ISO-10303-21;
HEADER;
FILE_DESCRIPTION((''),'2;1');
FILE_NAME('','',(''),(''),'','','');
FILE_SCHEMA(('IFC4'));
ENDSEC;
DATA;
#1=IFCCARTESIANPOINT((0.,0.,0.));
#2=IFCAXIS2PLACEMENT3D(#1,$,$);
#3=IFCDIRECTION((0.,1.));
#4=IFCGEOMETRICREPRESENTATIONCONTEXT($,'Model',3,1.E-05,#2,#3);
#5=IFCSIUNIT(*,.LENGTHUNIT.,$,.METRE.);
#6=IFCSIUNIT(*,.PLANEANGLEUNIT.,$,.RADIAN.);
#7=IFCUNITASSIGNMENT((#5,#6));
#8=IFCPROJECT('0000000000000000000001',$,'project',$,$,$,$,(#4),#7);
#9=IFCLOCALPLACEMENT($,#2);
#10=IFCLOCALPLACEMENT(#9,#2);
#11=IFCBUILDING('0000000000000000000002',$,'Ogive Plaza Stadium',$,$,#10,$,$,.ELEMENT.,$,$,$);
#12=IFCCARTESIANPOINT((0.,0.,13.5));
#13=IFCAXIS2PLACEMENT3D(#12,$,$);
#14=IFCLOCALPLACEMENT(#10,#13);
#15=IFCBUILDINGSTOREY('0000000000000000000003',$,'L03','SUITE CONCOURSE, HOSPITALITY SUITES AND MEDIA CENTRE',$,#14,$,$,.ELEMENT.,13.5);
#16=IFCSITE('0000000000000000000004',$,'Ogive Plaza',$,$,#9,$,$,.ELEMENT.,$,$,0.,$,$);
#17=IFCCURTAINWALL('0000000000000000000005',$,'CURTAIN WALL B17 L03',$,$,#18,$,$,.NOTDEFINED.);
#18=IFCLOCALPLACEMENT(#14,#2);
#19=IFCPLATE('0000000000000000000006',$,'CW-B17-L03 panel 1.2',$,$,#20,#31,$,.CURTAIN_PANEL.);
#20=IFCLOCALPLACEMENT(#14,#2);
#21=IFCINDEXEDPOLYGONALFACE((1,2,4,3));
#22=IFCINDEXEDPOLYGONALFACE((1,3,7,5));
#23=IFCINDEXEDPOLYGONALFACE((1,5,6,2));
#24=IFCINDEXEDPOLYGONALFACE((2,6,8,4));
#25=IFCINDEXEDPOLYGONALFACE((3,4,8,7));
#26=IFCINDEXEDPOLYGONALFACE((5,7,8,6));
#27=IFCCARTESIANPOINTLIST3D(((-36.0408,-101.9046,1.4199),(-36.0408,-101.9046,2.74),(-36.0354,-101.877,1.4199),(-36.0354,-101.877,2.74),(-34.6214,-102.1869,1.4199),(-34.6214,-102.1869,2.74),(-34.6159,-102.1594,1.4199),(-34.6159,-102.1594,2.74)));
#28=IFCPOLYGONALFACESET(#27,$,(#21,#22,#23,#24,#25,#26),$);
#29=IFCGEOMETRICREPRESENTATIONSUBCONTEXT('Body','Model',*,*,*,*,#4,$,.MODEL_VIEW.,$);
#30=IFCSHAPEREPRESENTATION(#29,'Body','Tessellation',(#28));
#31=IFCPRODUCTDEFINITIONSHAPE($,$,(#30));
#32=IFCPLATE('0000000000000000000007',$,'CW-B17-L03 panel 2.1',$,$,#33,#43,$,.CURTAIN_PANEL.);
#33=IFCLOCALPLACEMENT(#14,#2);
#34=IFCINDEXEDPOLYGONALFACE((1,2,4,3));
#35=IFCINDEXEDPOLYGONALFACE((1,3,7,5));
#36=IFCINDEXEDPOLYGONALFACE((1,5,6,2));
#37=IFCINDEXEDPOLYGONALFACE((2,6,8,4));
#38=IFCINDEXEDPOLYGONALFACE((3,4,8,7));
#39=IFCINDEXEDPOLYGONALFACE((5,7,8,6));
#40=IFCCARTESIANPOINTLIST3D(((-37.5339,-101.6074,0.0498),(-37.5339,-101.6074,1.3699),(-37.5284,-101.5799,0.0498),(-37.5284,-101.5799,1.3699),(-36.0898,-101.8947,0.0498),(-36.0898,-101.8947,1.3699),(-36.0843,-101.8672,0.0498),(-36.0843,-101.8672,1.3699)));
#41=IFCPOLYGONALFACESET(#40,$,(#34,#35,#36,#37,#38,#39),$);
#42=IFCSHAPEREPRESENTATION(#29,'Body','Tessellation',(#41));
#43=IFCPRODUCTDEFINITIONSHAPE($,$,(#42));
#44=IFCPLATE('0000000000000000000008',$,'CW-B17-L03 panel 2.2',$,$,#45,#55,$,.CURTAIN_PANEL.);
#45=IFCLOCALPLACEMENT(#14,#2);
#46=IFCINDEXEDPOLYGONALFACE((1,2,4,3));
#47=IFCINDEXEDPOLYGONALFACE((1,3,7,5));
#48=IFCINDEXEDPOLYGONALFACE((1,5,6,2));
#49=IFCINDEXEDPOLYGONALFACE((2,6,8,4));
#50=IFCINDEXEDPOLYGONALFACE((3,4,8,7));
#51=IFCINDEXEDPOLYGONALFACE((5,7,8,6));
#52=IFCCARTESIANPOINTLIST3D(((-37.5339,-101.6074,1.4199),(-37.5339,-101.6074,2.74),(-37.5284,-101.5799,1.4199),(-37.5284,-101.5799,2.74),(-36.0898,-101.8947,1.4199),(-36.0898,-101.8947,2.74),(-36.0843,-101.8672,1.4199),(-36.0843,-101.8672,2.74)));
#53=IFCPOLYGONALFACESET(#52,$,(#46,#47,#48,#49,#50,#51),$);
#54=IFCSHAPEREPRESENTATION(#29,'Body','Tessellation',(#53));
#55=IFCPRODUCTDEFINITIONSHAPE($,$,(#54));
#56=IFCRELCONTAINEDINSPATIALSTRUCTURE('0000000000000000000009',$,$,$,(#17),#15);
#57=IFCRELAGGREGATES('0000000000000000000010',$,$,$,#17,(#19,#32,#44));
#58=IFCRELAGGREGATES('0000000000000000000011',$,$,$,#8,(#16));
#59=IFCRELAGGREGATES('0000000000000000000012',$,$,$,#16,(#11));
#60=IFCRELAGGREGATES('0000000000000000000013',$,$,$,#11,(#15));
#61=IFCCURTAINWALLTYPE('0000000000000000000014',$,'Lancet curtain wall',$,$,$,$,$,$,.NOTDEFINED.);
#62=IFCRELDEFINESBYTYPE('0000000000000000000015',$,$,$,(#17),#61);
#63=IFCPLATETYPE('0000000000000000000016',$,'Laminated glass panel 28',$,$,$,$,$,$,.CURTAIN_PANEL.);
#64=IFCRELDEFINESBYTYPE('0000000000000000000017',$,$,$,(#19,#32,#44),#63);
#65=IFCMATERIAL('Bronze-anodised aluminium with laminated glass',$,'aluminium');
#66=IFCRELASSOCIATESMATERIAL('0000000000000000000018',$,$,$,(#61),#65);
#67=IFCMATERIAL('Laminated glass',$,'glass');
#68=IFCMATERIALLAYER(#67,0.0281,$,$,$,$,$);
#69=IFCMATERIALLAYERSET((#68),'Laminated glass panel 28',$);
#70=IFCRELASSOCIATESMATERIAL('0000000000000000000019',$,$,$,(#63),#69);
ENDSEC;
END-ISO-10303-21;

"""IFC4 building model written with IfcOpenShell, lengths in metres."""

from ifc_helpers import new_model, si_unit, direction, frame, origin, origin_2d, place, context, subcontext, project, spatial, rectangle, extrude, material, layer, layer_set, type_object, element, aggregate, save


model = new_model("IFC4")

# Units and contexts
model_context = context("Model", 3, precision=1e-05, world=origin(), true_north=direction((0.0, 1.0)))
body_context = subcontext(model_context, "Body", "Model", "MODEL_VIEW")
ifc_project = project(units=[si_unit("LENGTHUNIT", "METRE"), si_unit("PLANEANGLEUNIT", "RADIAN")], contexts=[model_context])

# Site, building, storey
site_placement = place(None, origin())
site = spatial("IfcSite", under=ifc_project, at=site_placement, Name="Ogive Plaza", CompositionType="ELEMENT", RefElevation=0.0)
building_placement = place(site_placement, origin())
building = spatial("IfcBuilding", under=site, at=building_placement, Name="Ogive Plaza Stadium", CompositionType="ELEMENT")
storey_placement = place(building_placement, frame((0.0, 0.0, 13.5)))
storey = spatial("IfcBuildingStorey", under=building, at=storey_placement, Name="L03", Description="SUITE CONCOURSE, HOSPITALITY SUITES AND MEDIA CENTRE", CompositionType="ELEMENT", Elevation=13.5)

# Curtain wall
ifc_material_1 = material(Name="Bronze-anodised aluminium with laminated glass", Category="aluminium")
curtain_wall_type = type_object("IfcCurtainWallType", Name="Lancet curtain wall", PredefinedType="NOTDEFINED", material=ifc_material_1)
curtain_wall_1_placement = place(storey_placement, origin())
curtain_wall_1 = element("IfcCurtainWall", 1, at=curtain_wall_1_placement, inside=storey, type_object=curtain_wall_type, Name="CURTAIN WALL B17 L03", PredefinedType="NOTDEFINED")

# Plates
ifc_material_2 = material(Name="Laminated glass", Category="glass")
ifc_layer = layer(ifc_material_2, 0.0281)
ifc_layer_set = layer_set([ifc_layer], Name="Laminated glass panel 28")
plate_type = type_object("IfcPlateType", Name="Laminated glass panel 28", PredefinedType="CURTAIN_PANEL", material=ifc_layer_set)
plate_1_placement = place(storey_placement, frame((-35.3284, -102.032, 1.4199), z_axis=(0.0, 0.0, 1.0), x_axis=(-0.980785, 0.19509, 0.0)))
plate_1 = element("IfcPlate", 2, at=plate_1_placement, type_object=plate_type, Name="CW-B17-L03 panel 1.2", PredefinedType="CURTAIN_PANEL", context=body_context, shape_type="SweptSolid", body=[
    extrude(rectangle(XDim=1.4473, YDim=0.0281, at=origin_2d()), origin(), (0.0, 0.0, 1.0), 1.3201),
])
plate_2_placement = place(storey_placement, frame((-36.8091, -101.7373, 0.0498), z_axis=(0.0, 0.0, 1.0), x_axis=(-0.980785, 0.19509, 0.0)))
plate_2 = element("IfcPlate", 3, at=plate_2_placement, type_object=plate_type, Name="CW-B17-L03 panel 2.1", PredefinedType="CURTAIN_PANEL", context=body_context, shape_type="SweptSolid", body=[
    extrude(rectangle(XDim=1.4724, YDim=0.0281, at=origin_2d()), origin(), (0.0, 0.0, 1.0), 1.3201),
])
plate_3_placement = place(storey_placement, frame((-36.8091, -101.7373, 1.4199), z_axis=(0.0, 0.0, 1.0), x_axis=(-0.980785, 0.19509, 0.0)))
plate_3 = element("IfcPlate", 4, at=plate_3_placement, type_object=plate_type, Name="CW-B17-L03 panel 2.2", PredefinedType="CURTAIN_PANEL", context=body_context, shape_type="SweptSolid", body=[
    extrude(rectangle(XDim=1.4724, YDim=0.0281, at=origin_2d()), origin(), (0.0, 0.0, 1.0), 1.3201),
])
aggregate(curtain_wall_1, [plate_1, plate_2, plate_3])

save(model, "model.ifc")
